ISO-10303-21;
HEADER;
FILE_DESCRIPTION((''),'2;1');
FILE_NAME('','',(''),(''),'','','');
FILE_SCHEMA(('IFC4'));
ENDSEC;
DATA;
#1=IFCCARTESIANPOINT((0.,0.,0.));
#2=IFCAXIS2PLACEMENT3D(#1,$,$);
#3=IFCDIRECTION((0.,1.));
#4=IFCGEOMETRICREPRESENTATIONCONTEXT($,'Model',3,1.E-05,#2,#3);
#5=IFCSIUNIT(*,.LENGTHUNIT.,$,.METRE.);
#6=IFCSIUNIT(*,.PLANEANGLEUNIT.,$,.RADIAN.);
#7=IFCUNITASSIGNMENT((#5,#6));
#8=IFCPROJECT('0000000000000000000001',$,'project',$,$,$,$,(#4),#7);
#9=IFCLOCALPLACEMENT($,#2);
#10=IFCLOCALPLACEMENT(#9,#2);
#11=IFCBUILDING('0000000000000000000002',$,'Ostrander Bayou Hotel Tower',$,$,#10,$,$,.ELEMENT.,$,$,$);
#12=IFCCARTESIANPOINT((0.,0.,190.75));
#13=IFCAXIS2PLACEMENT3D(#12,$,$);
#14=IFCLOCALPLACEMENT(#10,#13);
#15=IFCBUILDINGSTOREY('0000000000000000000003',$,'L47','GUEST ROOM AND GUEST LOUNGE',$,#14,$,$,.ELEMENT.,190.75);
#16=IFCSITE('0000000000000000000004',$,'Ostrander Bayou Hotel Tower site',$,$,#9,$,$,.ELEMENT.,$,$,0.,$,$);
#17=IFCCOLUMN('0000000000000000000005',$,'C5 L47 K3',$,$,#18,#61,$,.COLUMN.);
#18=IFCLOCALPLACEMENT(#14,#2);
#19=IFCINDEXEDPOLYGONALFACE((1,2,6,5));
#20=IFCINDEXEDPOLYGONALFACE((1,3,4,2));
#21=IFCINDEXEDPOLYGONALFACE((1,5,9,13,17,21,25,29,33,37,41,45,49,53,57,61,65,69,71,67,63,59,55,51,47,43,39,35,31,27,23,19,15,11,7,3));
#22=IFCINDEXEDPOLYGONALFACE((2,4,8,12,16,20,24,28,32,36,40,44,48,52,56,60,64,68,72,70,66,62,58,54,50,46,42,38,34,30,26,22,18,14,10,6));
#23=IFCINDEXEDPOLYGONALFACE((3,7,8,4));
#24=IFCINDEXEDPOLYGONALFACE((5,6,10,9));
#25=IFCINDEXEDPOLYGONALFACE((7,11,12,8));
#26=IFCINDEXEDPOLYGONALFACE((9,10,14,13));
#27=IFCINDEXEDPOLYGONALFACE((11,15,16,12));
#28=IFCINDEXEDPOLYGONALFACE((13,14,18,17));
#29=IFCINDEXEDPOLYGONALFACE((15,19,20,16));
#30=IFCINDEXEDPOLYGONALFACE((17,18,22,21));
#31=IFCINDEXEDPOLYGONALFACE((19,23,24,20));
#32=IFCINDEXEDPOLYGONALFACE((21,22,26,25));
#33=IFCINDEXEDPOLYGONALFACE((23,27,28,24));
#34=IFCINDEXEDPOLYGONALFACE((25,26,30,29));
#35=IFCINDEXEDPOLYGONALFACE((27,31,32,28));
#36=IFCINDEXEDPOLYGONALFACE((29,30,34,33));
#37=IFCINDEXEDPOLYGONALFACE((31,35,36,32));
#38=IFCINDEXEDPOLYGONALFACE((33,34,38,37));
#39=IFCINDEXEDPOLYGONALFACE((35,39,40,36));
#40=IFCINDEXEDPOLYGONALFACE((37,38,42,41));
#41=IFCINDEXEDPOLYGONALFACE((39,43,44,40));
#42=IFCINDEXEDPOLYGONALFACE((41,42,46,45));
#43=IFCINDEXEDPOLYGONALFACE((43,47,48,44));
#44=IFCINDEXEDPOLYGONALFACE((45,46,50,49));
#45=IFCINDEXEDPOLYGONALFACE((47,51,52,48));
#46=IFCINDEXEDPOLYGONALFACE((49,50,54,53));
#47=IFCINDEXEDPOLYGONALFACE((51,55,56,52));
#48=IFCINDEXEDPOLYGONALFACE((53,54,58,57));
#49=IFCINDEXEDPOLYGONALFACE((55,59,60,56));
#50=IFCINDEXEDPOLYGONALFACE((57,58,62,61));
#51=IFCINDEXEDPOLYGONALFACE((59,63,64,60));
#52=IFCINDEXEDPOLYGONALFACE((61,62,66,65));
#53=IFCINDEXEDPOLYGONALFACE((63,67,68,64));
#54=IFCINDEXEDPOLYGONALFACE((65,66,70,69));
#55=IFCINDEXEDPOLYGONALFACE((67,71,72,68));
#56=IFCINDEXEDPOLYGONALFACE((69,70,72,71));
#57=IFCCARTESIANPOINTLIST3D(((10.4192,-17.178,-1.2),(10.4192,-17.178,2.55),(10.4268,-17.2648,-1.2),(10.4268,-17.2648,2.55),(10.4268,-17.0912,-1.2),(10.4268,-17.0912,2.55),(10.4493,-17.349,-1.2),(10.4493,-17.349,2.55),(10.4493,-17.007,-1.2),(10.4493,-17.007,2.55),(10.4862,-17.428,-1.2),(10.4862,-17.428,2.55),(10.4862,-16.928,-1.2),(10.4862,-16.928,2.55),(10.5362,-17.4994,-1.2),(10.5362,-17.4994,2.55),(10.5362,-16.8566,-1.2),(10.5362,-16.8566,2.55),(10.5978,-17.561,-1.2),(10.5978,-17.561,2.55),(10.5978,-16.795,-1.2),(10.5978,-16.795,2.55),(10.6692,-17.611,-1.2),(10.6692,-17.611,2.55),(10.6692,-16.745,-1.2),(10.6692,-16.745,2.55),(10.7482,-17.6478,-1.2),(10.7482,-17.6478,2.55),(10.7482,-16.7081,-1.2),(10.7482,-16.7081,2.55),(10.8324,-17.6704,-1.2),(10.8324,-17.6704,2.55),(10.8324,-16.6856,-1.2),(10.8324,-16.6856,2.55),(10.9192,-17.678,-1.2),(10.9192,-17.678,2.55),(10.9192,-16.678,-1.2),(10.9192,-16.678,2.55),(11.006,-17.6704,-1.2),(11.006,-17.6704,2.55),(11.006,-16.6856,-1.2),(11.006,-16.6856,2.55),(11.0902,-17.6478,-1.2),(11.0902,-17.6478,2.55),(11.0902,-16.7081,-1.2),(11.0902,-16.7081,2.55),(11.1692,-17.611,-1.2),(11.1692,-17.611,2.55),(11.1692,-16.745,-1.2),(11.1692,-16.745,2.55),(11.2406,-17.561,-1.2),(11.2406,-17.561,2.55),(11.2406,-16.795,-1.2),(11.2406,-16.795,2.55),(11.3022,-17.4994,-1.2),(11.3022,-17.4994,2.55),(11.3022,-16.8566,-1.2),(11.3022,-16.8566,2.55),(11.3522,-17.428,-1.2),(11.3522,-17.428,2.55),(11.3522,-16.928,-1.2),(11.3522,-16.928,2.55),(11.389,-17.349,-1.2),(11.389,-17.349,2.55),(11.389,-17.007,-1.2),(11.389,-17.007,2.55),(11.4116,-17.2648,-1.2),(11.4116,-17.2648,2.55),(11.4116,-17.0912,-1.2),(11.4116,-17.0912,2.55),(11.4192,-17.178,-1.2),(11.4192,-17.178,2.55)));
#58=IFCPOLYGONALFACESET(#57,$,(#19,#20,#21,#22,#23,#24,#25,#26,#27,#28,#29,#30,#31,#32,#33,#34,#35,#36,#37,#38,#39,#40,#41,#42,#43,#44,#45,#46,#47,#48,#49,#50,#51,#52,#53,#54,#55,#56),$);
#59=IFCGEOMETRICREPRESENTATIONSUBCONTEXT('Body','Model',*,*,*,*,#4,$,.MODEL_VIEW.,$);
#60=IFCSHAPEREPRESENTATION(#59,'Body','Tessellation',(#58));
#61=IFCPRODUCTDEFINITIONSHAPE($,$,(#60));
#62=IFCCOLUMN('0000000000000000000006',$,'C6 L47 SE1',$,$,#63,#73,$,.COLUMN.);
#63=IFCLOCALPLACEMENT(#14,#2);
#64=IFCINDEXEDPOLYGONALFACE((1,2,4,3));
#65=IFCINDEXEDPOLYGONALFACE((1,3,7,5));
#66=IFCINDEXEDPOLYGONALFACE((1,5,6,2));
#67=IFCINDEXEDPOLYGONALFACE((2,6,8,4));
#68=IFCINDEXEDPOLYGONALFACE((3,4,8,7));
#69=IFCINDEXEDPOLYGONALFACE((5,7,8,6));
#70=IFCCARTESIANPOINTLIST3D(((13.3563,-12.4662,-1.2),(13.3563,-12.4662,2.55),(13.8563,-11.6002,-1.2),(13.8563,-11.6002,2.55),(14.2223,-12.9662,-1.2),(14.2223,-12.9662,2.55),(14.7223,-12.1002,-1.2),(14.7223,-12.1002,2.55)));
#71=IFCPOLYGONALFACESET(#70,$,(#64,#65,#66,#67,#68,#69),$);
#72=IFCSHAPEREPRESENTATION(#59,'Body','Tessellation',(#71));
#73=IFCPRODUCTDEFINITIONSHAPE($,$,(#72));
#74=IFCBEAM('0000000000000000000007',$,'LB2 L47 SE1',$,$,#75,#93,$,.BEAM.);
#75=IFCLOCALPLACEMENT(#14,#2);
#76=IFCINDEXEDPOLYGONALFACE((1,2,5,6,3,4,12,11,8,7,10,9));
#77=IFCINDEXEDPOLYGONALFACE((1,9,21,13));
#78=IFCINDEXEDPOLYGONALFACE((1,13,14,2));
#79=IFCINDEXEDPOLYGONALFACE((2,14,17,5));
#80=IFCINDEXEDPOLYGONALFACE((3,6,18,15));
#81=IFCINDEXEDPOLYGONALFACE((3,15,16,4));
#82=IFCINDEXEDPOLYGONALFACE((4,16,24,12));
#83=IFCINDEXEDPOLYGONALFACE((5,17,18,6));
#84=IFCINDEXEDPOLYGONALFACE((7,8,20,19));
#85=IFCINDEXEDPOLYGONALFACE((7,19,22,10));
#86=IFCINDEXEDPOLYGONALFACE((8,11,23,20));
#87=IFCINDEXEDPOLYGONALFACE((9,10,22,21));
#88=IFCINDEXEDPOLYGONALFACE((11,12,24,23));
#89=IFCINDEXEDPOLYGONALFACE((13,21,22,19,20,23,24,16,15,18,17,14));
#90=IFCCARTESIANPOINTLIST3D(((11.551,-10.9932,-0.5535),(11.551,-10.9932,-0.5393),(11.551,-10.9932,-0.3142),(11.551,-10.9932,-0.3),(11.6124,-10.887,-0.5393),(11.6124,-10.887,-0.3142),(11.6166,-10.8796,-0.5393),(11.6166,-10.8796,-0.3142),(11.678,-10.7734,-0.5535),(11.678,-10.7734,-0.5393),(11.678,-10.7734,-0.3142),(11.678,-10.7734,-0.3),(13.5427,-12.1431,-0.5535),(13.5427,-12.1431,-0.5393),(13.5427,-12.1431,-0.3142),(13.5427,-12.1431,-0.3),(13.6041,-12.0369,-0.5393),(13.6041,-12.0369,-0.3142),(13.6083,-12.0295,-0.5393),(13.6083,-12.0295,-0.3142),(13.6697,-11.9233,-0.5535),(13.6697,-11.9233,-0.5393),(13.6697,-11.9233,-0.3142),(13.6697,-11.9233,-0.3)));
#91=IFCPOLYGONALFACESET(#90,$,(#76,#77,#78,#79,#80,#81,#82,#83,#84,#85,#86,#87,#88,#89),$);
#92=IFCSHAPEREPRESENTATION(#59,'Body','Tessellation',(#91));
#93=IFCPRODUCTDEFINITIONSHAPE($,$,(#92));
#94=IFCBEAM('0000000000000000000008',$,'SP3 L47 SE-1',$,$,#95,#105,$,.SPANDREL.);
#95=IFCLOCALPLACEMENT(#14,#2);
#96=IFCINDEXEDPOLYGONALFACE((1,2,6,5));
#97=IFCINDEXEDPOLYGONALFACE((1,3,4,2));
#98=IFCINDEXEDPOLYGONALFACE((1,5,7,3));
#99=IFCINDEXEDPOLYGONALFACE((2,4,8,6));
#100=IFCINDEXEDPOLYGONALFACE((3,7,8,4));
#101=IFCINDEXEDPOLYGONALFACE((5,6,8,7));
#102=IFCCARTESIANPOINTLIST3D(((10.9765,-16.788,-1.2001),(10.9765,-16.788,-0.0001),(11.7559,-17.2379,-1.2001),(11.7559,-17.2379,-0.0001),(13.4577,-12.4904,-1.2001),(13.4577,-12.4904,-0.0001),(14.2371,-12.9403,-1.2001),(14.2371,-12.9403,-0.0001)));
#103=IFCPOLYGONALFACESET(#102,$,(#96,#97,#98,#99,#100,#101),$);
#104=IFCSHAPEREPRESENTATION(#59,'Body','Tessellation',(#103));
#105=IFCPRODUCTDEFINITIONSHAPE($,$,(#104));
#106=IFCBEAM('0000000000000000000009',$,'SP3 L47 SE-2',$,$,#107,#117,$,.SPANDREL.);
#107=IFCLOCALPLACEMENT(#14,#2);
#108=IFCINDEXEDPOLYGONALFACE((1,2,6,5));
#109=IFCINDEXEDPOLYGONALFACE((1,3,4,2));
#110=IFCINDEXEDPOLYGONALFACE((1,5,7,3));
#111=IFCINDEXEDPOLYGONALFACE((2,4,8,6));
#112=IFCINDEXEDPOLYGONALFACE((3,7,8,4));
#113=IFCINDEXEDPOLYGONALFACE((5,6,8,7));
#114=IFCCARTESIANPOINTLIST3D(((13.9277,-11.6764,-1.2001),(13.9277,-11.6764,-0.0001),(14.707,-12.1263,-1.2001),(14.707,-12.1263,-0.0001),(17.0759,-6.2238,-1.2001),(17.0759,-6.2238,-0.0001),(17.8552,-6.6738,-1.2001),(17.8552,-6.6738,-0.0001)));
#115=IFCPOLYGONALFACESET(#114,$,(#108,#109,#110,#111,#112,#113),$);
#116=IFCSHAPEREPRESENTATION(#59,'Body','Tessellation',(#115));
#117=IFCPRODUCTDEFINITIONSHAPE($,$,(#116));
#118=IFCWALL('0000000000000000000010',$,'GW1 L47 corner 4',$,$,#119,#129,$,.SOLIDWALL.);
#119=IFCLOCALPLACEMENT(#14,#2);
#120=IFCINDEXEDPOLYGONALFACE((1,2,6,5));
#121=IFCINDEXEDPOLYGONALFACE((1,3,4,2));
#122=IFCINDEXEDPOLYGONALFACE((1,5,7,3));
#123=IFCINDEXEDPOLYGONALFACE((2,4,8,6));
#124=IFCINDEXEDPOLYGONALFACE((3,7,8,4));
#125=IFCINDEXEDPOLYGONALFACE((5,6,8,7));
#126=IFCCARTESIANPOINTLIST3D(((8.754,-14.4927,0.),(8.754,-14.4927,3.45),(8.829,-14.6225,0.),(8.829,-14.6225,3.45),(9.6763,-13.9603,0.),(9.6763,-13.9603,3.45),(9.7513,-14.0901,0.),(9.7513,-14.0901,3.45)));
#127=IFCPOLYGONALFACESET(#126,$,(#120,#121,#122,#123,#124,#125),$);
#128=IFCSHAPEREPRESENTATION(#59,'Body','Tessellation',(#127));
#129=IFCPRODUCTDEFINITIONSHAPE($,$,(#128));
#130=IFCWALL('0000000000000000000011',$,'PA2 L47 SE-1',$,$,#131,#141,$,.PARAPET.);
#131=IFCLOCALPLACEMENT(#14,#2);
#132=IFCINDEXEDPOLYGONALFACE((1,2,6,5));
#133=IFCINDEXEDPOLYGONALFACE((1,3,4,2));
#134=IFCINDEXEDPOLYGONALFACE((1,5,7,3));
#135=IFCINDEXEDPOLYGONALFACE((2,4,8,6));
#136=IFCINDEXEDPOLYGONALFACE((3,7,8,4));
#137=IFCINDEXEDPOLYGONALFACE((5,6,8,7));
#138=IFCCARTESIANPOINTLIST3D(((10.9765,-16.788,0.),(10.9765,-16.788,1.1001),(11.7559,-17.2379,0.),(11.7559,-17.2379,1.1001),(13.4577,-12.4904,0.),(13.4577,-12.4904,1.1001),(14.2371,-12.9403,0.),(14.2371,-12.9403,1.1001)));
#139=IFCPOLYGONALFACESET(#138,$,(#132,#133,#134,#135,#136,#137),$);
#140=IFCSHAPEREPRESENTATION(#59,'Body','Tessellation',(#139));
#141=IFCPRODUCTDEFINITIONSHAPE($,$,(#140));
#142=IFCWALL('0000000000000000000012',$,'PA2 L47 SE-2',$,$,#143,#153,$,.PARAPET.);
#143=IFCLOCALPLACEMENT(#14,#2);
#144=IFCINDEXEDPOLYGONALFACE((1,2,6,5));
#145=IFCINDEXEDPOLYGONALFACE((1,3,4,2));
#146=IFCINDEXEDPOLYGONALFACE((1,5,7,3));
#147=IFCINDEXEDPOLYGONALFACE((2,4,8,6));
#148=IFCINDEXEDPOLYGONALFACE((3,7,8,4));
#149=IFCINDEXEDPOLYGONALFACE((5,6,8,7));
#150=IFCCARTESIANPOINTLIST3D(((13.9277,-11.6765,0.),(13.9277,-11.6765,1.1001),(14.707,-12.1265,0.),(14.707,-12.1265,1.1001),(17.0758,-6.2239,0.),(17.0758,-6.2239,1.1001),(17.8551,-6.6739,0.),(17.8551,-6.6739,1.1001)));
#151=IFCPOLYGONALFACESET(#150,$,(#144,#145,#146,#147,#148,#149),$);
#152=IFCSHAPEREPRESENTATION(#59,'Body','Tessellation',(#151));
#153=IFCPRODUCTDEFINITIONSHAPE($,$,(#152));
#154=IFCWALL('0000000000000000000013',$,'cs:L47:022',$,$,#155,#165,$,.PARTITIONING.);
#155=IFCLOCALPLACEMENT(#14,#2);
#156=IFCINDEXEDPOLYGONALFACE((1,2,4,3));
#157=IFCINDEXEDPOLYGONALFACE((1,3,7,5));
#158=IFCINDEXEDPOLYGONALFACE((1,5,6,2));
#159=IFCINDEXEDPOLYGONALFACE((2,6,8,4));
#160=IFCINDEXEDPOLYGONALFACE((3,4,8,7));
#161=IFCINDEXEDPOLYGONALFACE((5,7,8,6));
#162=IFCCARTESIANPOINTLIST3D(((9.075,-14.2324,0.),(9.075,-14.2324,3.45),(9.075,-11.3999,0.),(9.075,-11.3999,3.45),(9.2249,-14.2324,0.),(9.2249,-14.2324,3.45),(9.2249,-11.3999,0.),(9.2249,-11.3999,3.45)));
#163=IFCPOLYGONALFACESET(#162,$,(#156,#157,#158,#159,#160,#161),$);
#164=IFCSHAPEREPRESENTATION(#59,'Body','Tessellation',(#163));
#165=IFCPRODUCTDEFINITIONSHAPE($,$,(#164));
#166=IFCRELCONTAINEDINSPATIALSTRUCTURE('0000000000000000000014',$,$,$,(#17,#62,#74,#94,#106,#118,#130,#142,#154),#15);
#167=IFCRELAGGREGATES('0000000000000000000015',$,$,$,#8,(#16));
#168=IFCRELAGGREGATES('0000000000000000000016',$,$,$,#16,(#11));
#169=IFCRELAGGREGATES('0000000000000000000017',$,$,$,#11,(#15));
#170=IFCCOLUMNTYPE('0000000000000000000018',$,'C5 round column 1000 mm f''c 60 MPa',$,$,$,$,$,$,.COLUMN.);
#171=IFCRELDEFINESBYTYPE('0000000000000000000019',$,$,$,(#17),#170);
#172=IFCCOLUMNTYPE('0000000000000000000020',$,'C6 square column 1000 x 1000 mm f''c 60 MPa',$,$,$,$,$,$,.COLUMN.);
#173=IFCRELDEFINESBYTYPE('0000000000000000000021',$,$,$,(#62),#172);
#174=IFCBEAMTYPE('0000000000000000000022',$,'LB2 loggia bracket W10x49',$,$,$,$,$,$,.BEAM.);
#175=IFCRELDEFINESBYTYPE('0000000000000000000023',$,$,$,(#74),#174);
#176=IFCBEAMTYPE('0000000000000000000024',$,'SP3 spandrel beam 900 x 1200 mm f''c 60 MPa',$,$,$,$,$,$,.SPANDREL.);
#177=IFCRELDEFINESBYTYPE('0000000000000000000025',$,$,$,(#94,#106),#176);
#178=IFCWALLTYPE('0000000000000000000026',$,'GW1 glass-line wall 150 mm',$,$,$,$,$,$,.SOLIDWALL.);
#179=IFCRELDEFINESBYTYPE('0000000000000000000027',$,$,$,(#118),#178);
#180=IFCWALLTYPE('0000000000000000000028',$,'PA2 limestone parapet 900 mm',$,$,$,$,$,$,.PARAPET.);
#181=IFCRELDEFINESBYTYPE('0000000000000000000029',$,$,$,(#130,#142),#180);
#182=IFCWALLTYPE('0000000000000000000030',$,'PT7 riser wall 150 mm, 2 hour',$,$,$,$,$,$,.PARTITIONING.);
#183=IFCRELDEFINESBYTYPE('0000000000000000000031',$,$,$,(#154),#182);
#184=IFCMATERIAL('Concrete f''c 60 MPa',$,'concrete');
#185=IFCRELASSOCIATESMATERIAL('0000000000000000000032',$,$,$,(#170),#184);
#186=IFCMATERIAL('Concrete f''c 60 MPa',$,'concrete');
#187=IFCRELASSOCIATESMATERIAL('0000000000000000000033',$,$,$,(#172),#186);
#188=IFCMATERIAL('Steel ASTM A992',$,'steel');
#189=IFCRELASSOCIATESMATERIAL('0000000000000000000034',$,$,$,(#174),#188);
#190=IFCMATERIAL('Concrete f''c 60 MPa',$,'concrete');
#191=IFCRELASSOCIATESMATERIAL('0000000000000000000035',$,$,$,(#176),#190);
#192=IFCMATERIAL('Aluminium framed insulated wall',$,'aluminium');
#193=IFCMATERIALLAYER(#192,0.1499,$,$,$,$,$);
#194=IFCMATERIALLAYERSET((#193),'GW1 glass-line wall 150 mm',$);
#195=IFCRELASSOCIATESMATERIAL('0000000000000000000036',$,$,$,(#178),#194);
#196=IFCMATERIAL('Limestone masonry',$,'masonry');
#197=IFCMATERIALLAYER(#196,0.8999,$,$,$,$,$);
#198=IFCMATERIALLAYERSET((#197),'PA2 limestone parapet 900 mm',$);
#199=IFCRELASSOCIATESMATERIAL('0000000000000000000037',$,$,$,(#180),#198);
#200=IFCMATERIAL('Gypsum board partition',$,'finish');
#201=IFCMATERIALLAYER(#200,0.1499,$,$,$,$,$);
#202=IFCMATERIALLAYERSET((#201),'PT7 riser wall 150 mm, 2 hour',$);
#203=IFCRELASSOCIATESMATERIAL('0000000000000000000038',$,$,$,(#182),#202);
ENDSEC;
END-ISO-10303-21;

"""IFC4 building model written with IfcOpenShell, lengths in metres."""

from ifc_helpers import new_model, si_unit, direction, frame, frame_2d, origin, origin_2d, place, context, subcontext, project, spatial, rectangle, circle, i_section, extrude, material, layer, layer_set, material_profile, profile_set, type_object, element, save


model = new_model("IFC4")

# Units and contexts
model_context = context("Model", 3, precision=1e-05, world=origin(), true_north=direction((0.0, 1.0)))
body_context = subcontext(model_context, "Body", "Model", "MODEL_VIEW")
ifc_project = project(units=[si_unit("LENGTHUNIT", "METRE"), si_unit("PLANEANGLEUNIT", "RADIAN")], contexts=[model_context])

# Site, building, storey
site_placement = place(None, origin())
site = spatial("IfcSite", under=ifc_project, at=site_placement, Name="Ostrander Bayou Hotel Tower site", CompositionType="ELEMENT", RefElevation=0.0)
building_placement = place(site_placement, origin())
building = spatial("IfcBuilding", under=site, at=building_placement, Name="Ostrander Bayou Hotel Tower", CompositionType="ELEMENT")
storey_placement = place(building_placement, frame((0.0, 0.0, 190.75)))
storey = spatial("IfcBuildingStorey", under=building, at=storey_placement, Name="L47", Description="GUEST ROOM AND GUEST LOUNGE", CompositionType="ELEMENT", Elevation=190.75)

# Columns
ifc_material_1 = material(Name="Concrete f'c 60 MPa", Category="concrete")
ifc_material_profile_1 = material_profile(ifc_material_1, circle(Radius=0.5, at=origin_2d()))
ifc_profile_set_1 = profile_set([ifc_material_profile_1], Name="Concrete f'c 60 MPa")
column_type_1 = type_object("IfcColumnType", Name="C5 round column 1000 mm f'c 60 MPa", PredefinedType="COLUMN", material=ifc_profile_set_1)
column_1_placement = place(storey_placement, frame((10.9192, -17.178, -1.2), z_axis=(0.0, 0.0, 1.0), x_axis=(1.0, 0.0, 0.0)))
element("IfcColumn", 1, at=column_1_placement, inside=storey, type_object=column_type_1, Name="C5 L47 K3", PredefinedType="COLUMN", context=body_context, shape_type="SweptSolid", body=[
    extrude(circle(Radius=0.5, at=origin_2d()), origin(), (0.0, 0.0, 1.0), 3.75),
])
ifc_material_2 = material(Name="Concrete f'c 60 MPa", Category="concrete")
ifc_material_profile_2 = material_profile(ifc_material_2, rectangle(XDim=1.0, YDim=1.0, at=origin_2d()))
ifc_profile_set_2 = profile_set([ifc_material_profile_2], Name="Concrete f'c 60 MPa")
column_type_2 = type_object("IfcColumnType", Name="C6 square column 1000 x 1000 mm f'c 60 MPa", PredefinedType="COLUMN", material=ifc_profile_set_2)
column_2_placement = place(storey_placement, frame((14.0393, -12.2832, -1.2), z_axis=(0.0, 0.0, 1.0), x_axis=(-0.5, -0.866025, 0.0)))
element("IfcColumn", 2, at=column_2_placement, inside=storey, type_object=column_type_2, Name="C6 L47 SE1", PredefinedType="COLUMN", context=body_context, shape_type="SweptSolid", body=[
    extrude(rectangle(XDim=1.0, YDim=1.0, at=origin_2d()), origin(), (0.0, 0.0, 1.0), 3.75),
])

# Beams
ifc_material_3 = material(Name="Steel ASTM A992", Category="steel")
ifc_material_profile_3 = material_profile(ifc_material_3, i_section(OverallWidth=0.2539, OverallDepth=0.2534, WebThickness=0.0085, FlangeThickness=0.0142, at=origin_2d()))
ifc_profile_set_3 = profile_set([ifc_material_profile_3], Name="Steel ASTM A992")
beam_type_1 = type_object("IfcBeamType", Name="LB2 loggia bracket W10x49", PredefinedType="BEAM", material=ifc_profile_set_3)
beam_1_placement = place(storey_placement, frame((13.6062, -12.0332, -0.4268), z_axis=(-0.866026, 0.499998, 0.0), x_axis=(-0.499998, -0.866026, 0.0)))
element("IfcBeam", 3, at=beam_1_placement, inside=storey, type_object=beam_type_1, Name="LB2 L47 SE1", PredefinedType="BEAM", context=body_context, shape_type="SweptSolid", body=[
    extrude(i_section(OverallWidth=0.2539, OverallDepth=0.2534, WebThickness=0.0085, FlangeThickness=0.0142, at=origin_2d()), origin(), (0.0, 0.0, 1.0), 2.2998),
])
ifc_material_4 = material(Name="Concrete f'c 60 MPa", Category="concrete")
ifc_material_profile_4 = material_profile(ifc_material_4, rectangle(XDim=0.8999, YDim=1.2, at=origin_2d()))
ifc_profile_set_4 = profile_set([ifc_material_profile_4], Name="Concrete f'c 60 MPa")
beam_type_2 = type_object("IfcBeamType", Name="SP3 spandrel beam 900 x 1200 mm f'c 60 MPa", PredefinedType="SPANDREL", material=ifc_profile_set_4)
beam_2_placement = place(storey_placement, frame((11.3662, -17.0129, -0.6001), z_axis=(0.499996, 0.866027, 0.0), x_axis=(-0.866027, 0.499996, 0.0)))
element("IfcBeam", 4, at=beam_2_placement, inside=storey, type_object=beam_type_2, Name="SP3 L47 SE-1", PredefinedType="SPANDREL", context=body_context, shape_type="SweptSolid", body=[
    extrude(rectangle(XDim=0.8999, YDim=1.2, at=origin_2d()), origin(), (0.0, 0.0, 1.0), 4.9624),
])
beam_3_placement = place(storey_placement, frame((14.3174, -11.9014, -0.6001), z_axis=(0.500013, 0.866018, 0.0), x_axis=(-0.866018, 0.500013, 0.0)))
element("IfcBeam", 5, at=beam_3_placement, inside=storey, type_object=beam_type_2, Name="SP3 L47 SE-2", PredefinedType="SPANDREL", context=body_context, shape_type="SweptSolid", body=[
    extrude(rectangle(XDim=0.8999, YDim=1.2, at=origin_2d()), origin(), (0.0, 0.0, 1.0), 6.2961),
])

# Shared definitions
ifc_material_5 = material(Name="Aluminium framed insulated wall", Category="aluminium")
ifc_layer_1 = layer(ifc_material_5, 0.1499)
ifc_layer_set_1 = layer_set([ifc_layer_1], Name="GW1 glass-line wall 150 mm")
wall_type_1 = type_object("IfcWallType", Name="GW1 glass-line wall 150 mm", PredefinedType="SOLIDWALL", material=ifc_layer_set_1)

# Walls
wall_1_placement = place(storey_placement, frame((8.7915, -14.5576, 0.0), z_axis=(0.0, 0.0, 1.0), x_axis=(0.866048, 0.499961, 0.0)))
element("IfcWall", 6, at=wall_1_placement, inside=storey, type_object=wall_type_1, Name="GW1 L47 corner 4", PredefinedType="SOLIDWALL", context=body_context, shape_type="SweptSolid", body=[
    extrude(rectangle(XDim=1.0649, YDim=0.1499, at=frame_2d((0.5325, 0.0))), origin(), (0.0, 0.0, 1.0), 3.45),
])
ifc_material_6 = material(Name="Limestone masonry", Category="masonry")
ifc_layer_2 = layer(ifc_material_6, 0.8999)
ifc_layer_set_2 = layer_set([ifc_layer_2], Name="PA2 limestone parapet 900 mm")
wall_type_2 = type_object("IfcWallType", Name="PA2 limestone parapet 900 mm", PredefinedType="PARAPET", material=ifc_layer_set_2)
wall_2_placement = place(storey_placement, frame((11.3662, -17.0129, 0.0), z_axis=(0.0, 0.0, 1.0), x_axis=(0.499996, 0.866027, 0.0)))
element("IfcWall", 7, at=wall_2_placement, inside=storey, type_object=wall_type_2, Name="PA2 L47 SE-1", PredefinedType="PARAPET", context=body_context, shape_type="SweptSolid", body=[
    extrude(rectangle(XDim=4.9624, YDim=0.8999, at=frame_2d((2.4812, 0.0))), origin(), (0.0, 0.0, 1.0), 1.1001),
])
wall_3_placement = place(storey_placement, frame((14.3174, -11.9014, 0.0), z_axis=(0.0, 0.0, 1.0), x_axis=(0.500013, 0.866018, 0.0)))
element("IfcWall", 8, at=wall_3_placement, inside=storey, type_object=wall_type_2, Name="PA2 L47 SE-2", PredefinedType="PARAPET", context=body_context, shape_type="SweptSolid", body=[
    extrude(rectangle(XDim=6.2961, YDim=0.8999, at=frame_2d((3.1479, 0.0))), origin(), (0.0, 0.0, 1.0), 1.1001),
])
ifc_material_7 = material(Name="Gypsum board partition", Category="finish")
ifc_layer_3 = layer(ifc_material_7, 0.1499)
ifc_layer_set_3 = layer_set([ifc_layer_3], Name="PT7 riser wall 150 mm, 2 hour")
wall_type_3 = type_object("IfcWallType", Name="PT7 riser wall 150 mm, 2 hour", PredefinedType="PARTITIONING", material=ifc_layer_set_3)
wall_4_placement = place(storey_placement, frame((9.1499, -11.3999, 0.0), z_axis=(0.0, 0.0, 1.0), x_axis=(0.0, -1.0, 0.0)))
element("IfcWall", 9, at=wall_4_placement, inside=storey, type_object=wall_type_3, Name="cs:L47:022", PredefinedType="PARTITIONING", context=body_context, shape_type="SweptSolid", body=[
    extrude(rectangle(XDim=2.8325, YDim=0.1499, at=frame_2d((1.4163, 0.0))), origin(), (0.0, 0.0, 1.0), 3.45),
])

save(model, "model.ifc")
